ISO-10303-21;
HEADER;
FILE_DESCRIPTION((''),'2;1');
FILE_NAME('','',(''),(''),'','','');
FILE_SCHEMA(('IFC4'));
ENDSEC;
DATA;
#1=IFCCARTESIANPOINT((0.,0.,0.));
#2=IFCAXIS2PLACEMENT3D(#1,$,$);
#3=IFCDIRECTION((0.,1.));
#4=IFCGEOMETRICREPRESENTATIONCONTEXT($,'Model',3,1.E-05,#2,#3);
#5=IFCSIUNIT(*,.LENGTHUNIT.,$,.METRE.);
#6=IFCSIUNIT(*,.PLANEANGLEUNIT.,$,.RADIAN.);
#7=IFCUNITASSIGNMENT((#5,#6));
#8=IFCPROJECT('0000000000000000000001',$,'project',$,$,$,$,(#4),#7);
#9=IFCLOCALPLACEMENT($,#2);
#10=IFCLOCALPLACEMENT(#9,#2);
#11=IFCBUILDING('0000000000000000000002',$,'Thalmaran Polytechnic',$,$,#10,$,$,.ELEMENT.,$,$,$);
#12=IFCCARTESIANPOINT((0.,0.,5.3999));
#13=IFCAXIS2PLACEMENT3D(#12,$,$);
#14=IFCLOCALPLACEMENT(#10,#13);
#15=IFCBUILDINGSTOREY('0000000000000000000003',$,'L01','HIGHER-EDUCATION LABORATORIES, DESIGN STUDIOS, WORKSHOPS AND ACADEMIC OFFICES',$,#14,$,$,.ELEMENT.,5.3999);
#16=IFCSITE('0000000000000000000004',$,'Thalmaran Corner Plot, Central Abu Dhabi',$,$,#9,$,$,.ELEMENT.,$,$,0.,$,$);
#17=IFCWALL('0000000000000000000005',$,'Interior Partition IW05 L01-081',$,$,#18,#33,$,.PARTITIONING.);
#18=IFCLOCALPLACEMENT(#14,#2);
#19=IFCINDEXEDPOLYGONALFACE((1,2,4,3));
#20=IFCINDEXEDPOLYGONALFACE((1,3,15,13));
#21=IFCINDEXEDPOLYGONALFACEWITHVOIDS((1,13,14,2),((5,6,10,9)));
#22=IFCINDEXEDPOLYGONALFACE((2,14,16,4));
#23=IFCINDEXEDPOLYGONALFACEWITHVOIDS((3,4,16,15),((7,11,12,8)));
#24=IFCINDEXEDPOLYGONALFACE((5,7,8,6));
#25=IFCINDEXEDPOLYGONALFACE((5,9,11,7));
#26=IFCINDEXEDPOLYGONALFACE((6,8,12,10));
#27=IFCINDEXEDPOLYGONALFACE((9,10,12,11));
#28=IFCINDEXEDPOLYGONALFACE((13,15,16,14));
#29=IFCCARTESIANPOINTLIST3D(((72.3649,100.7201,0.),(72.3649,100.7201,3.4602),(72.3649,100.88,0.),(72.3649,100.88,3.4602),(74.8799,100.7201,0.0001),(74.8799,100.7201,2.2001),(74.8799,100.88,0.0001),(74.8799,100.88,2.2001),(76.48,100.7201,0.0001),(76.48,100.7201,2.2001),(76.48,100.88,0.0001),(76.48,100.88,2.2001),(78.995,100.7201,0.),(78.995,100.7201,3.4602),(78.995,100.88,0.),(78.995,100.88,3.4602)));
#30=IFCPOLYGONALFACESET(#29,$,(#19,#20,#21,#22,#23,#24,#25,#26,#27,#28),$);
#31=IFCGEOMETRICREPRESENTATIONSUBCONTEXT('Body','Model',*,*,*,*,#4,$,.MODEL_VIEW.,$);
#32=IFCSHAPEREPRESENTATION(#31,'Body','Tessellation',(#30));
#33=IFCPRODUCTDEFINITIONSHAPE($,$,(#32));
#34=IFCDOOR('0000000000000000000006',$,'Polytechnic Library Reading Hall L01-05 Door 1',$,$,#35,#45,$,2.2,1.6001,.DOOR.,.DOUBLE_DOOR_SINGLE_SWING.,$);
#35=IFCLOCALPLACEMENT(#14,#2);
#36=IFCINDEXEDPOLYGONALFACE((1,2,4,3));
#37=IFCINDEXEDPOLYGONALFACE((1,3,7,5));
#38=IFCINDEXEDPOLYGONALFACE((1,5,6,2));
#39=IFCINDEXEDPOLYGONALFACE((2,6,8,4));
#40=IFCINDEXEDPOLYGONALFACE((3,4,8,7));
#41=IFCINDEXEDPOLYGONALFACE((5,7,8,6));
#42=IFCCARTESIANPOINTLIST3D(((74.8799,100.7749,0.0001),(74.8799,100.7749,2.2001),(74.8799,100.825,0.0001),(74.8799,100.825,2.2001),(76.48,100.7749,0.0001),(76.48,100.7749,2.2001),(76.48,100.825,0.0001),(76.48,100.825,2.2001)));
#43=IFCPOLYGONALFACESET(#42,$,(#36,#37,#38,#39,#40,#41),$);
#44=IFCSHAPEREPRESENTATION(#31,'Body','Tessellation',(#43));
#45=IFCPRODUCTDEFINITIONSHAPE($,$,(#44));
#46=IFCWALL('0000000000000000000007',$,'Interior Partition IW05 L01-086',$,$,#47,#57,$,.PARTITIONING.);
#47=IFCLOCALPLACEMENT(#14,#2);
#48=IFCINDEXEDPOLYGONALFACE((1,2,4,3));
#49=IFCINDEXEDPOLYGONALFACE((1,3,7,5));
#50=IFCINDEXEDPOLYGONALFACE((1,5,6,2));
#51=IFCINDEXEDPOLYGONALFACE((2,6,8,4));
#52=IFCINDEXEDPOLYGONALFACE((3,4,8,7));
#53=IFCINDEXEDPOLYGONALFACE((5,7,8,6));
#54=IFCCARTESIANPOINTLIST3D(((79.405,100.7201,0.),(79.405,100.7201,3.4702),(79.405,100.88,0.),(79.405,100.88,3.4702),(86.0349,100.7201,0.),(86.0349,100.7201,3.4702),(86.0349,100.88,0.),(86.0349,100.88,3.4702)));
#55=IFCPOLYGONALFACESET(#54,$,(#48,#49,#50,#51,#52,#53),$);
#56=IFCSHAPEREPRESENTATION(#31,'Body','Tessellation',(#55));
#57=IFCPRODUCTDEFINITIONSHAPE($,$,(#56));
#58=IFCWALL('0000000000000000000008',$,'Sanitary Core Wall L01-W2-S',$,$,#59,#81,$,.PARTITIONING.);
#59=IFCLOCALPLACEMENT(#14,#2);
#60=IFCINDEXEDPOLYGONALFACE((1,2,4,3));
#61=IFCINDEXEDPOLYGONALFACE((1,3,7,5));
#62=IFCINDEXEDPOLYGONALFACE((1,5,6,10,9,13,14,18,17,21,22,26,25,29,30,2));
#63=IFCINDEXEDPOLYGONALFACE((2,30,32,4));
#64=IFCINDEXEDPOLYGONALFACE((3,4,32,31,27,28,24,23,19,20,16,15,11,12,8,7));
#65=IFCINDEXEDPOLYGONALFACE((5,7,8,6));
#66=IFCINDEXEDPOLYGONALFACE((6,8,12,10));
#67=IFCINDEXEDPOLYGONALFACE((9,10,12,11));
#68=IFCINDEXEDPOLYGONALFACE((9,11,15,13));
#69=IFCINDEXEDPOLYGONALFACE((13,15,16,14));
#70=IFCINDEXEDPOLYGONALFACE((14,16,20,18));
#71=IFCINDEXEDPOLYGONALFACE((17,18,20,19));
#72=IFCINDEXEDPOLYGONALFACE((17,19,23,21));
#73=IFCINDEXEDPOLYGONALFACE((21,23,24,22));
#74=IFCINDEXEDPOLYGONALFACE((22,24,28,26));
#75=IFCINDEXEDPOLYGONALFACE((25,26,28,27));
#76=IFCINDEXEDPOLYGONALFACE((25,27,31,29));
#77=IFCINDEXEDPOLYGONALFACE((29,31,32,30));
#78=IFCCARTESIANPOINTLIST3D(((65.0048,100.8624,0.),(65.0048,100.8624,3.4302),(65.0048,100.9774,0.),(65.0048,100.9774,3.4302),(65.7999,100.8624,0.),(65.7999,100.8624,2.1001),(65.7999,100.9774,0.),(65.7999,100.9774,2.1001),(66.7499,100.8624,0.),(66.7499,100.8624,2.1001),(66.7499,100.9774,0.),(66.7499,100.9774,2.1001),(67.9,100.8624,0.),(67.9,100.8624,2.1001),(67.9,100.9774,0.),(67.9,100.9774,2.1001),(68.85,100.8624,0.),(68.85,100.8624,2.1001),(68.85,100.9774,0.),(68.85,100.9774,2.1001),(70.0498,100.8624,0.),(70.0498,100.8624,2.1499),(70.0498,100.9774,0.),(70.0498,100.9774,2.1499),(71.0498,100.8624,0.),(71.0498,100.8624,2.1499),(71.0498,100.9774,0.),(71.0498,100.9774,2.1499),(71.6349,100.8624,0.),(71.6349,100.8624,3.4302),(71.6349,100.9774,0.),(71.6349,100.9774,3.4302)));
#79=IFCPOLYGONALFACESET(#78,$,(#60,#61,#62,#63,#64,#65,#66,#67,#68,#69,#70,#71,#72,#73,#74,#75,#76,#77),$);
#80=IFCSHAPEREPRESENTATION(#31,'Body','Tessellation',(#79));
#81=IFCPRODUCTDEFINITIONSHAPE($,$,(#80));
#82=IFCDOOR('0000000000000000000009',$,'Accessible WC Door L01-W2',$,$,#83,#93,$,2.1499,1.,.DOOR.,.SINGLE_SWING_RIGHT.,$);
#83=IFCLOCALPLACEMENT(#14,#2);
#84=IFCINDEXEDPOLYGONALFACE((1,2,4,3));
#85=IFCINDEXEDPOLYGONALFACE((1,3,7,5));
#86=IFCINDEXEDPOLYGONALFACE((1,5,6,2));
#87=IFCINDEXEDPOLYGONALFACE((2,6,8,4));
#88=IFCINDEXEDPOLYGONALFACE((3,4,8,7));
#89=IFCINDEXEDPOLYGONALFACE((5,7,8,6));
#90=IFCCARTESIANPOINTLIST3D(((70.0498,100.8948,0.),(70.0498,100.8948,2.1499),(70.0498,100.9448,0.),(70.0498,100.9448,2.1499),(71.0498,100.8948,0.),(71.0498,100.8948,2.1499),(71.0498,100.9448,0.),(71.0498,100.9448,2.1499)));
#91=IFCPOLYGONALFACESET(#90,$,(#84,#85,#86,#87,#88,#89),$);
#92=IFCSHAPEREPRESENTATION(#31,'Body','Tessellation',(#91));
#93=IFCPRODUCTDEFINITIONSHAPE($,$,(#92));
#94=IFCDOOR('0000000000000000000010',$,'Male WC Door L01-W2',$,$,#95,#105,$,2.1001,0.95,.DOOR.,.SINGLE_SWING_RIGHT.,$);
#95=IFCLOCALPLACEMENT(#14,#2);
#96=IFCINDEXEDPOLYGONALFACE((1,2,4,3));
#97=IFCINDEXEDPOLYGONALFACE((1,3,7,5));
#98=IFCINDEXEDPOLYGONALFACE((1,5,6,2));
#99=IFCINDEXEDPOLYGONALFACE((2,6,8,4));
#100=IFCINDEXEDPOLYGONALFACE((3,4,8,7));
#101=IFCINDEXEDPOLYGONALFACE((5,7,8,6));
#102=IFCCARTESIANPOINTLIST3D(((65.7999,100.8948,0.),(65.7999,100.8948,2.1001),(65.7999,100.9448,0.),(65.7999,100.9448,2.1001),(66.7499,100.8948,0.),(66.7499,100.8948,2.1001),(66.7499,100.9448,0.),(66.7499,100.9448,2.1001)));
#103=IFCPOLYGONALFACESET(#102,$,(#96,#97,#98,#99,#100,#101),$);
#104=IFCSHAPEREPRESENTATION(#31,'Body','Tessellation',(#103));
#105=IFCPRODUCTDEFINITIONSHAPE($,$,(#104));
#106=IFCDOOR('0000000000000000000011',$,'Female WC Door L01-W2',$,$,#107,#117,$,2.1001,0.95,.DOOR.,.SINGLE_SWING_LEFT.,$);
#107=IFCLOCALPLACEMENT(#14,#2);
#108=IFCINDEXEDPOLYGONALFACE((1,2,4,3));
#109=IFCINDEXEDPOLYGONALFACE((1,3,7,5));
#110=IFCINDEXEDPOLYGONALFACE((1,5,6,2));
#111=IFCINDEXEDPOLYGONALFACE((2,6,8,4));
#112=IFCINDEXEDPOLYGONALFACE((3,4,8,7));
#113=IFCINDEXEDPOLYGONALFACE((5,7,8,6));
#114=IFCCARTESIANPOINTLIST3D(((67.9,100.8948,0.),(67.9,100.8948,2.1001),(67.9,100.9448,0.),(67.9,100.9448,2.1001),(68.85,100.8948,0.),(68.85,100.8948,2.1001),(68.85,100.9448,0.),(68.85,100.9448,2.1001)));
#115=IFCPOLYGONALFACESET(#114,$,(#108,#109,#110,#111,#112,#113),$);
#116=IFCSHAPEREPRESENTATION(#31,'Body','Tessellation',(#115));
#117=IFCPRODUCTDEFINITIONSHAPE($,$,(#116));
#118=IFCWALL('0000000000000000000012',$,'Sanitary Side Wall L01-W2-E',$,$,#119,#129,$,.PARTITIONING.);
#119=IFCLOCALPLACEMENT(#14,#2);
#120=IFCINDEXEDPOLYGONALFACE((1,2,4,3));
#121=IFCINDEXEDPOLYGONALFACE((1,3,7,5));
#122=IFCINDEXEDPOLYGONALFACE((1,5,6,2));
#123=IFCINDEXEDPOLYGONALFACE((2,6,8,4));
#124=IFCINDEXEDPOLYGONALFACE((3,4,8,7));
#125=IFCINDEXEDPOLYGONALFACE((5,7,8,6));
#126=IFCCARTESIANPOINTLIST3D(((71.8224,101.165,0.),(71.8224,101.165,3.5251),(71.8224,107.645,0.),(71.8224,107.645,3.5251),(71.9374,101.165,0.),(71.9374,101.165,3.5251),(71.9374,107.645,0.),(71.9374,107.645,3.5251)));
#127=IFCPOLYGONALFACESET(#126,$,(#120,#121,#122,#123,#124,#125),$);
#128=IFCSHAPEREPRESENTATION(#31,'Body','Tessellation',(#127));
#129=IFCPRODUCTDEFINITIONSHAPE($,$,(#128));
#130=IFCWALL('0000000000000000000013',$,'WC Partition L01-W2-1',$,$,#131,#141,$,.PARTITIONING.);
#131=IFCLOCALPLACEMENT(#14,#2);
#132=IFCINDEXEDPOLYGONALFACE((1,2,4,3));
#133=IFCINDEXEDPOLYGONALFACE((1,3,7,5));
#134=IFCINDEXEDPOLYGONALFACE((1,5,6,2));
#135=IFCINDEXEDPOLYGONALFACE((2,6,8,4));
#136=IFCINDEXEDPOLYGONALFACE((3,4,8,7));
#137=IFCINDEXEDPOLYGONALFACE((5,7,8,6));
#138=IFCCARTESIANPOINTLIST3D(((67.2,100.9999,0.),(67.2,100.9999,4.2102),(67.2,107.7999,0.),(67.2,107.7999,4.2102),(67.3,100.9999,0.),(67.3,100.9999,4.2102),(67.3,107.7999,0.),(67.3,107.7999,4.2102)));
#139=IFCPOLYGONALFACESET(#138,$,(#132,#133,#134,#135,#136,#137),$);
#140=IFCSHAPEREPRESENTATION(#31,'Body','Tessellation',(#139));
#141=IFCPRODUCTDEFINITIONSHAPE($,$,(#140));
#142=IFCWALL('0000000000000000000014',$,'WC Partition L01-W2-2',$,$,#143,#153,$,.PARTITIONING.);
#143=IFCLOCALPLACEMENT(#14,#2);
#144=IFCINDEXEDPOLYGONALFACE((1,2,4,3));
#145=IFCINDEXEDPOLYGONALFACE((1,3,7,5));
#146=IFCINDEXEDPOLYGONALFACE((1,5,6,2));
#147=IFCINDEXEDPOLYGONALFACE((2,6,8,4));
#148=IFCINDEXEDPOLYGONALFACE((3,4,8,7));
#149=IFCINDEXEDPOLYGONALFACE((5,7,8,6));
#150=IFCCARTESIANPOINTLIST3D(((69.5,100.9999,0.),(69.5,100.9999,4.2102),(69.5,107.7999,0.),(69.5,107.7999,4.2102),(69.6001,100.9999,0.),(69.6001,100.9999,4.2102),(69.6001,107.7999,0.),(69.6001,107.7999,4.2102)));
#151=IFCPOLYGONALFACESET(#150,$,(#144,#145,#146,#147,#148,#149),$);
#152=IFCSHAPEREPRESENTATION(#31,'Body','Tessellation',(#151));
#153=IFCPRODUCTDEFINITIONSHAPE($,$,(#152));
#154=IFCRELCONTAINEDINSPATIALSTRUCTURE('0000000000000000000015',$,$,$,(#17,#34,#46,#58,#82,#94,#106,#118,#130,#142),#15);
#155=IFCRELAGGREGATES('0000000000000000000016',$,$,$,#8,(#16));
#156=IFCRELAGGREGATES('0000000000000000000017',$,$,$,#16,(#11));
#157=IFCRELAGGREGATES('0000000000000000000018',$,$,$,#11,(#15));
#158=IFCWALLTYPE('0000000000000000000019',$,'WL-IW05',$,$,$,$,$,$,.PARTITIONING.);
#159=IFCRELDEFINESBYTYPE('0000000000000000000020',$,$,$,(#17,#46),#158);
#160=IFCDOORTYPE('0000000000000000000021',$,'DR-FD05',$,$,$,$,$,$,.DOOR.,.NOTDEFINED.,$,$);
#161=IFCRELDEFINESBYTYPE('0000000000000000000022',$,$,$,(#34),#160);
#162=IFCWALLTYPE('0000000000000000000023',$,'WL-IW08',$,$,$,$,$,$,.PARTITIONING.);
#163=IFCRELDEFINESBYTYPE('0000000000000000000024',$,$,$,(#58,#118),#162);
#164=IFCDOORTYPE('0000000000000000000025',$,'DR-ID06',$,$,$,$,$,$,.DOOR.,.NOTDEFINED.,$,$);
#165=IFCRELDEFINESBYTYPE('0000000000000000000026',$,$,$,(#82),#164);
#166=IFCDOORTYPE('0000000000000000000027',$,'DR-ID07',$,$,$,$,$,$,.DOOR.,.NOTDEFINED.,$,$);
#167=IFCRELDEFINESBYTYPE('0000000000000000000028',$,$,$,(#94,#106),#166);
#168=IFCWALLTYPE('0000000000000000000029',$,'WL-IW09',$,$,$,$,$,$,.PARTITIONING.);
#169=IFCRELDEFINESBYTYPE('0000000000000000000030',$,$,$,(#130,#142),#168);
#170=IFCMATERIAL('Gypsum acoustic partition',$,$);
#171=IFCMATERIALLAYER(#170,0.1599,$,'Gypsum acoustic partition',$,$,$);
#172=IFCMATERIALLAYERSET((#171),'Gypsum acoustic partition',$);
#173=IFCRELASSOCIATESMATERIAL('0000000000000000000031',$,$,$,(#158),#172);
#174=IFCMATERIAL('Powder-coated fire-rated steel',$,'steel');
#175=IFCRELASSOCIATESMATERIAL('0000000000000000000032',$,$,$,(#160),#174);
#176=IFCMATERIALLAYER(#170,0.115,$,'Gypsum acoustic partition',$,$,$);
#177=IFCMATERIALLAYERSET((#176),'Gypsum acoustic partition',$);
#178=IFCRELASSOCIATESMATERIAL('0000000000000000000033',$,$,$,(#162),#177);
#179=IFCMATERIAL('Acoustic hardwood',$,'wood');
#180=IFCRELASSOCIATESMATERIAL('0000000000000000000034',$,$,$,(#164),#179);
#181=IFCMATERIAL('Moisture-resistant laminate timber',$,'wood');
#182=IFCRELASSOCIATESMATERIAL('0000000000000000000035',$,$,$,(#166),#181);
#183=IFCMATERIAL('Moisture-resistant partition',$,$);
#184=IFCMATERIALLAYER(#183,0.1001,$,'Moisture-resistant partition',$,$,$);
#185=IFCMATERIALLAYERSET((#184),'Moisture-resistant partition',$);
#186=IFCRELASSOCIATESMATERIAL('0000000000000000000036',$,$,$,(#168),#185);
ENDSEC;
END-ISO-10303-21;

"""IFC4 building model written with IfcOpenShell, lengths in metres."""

from ifc_helpers import new_model, si_unit, direction, frame, frame_2d, origin, place, context, subcontext, project, spatial, rectangle, extrude, material, layer, layer_set, type_object, element, fill, save


model = new_model("IFC4")

# Units and contexts
model_context = context("Model", 3, precision=1e-05, world=origin(), true_north=direction((0.0, 1.0)))
body_context = subcontext(model_context, "Body", "Model", "MODEL_VIEW")
ifc_project = project(units=[si_unit("LENGTHUNIT", "METRE"), si_unit("PLANEANGLEUNIT", "RADIAN")], contexts=[model_context])

# Site, building, storey
site_placement = place(None, origin())
site = spatial("IfcSite", under=ifc_project, at=site_placement, Name="Thalmaran Corner Plot, Central Abu Dhabi", CompositionType="ELEMENT", RefElevation=0.0)
building_placement = place(site_placement, origin())
building = spatial("IfcBuilding", under=site, at=building_placement, Name="Thalmaran Polytechnic", CompositionType="ELEMENT")
storey_placement = place(building_placement, frame((0.0, 0.0, 5.3999)))
storey = spatial("IfcBuildingStorey", under=building, at=storey_placement, Name="L01", Description="HIGHER-EDUCATION LABORATORIES, DESIGN STUDIOS, WORKSHOPS AND ACADEMIC OFFICES", CompositionType="ELEMENT", Elevation=5.3999)

# Wall, opening, door
ifc_material_1 = material(Name="Gypsum acoustic partition")
ifc_layer_1 = layer(ifc_material_1, 0.1599, Name="Gypsum acoustic partition")
ifc_layer_set_1 = layer_set([ifc_layer_1], Name="Gypsum acoustic partition")
wall_type_1 = type_object("IfcWallType", Name="WL-IW05", PredefinedType="PARTITIONING", material=ifc_layer_set_1)
wall_1_placement = place(storey_placement, frame((72.365, 100.8, 0.0), z_axis=(0.0, 0.0, 1.0), x_axis=(1.0, 0.0, 0.0)))
wall_1 = element("IfcWall", 1, at=wall_1_placement, inside=storey, type_object=wall_type_1, Name="Interior Partition IW05 L01-081", PredefinedType="PARTITIONING", context=body_context, shape_type="SweptSolid", body=[
    extrude(rectangle(XDim=6.6301, YDim=0.1599, at=frame_2d((3.3149, 0.0))), origin(), (0.0, 0.0, 1.0), 3.4602),
])
opening_1_placement = place(wall_1_placement, frame((2.5149, 0.0, 0.0)))
opening_1 = element("IfcOpeningElement", 2, at=opening_1_placement, cuts=wall_1, PredefinedType="OPENING", context=body_context, shape_type="SweptSolid", body=[
    extrude(rectangle(XDim=1.6001, YDim=2.2, at=frame_2d((0.8, 1.1001))), frame((0.0, 0.0898, 0.0), z_axis=(0.0, -1.0, 0.0), x_axis=(1.0, 0.0, 0.0)), (0.0, 0.0, 1.0), 0.1799),
])
ifc_material_2 = material(Name="Powder-coated fire-rated steel", Category="steel")
door_type_1 = type_object("IfcDoorType", Name="DR-FD05", OperationType="NOTDEFINED", PredefinedType="DOOR", material=ifc_material_2)
door_1_placement = place(opening_1_placement, origin())
door_1 = element("IfcDoor", 3, at=door_1_placement, inside=storey, type_object=door_type_1, Name="Polytechnic Library Reading Hall L01-05 Door 1", OperationType="DOUBLE_DOOR_SINGLE_SWING", OverallHeight=2.2, OverallWidth=1.6001, PredefinedType="DOOR", context=body_context, shape_type="SweptSolid", body=[
    extrude(rectangle(XDim=1.6001, YDim=2.2, at=frame_2d((0.8, 1.1001))), frame((0.0, 0.0249, 0.0), z_axis=(0.0, -1.0, 0.0), x_axis=(1.0, 0.0, 0.0)), (0.0, 0.0, 1.0), 0.05),
])
fill(opening_1, door_1)

# Wall
wall_2_placement = place(storey_placement, frame((79.405, 100.8, 0.0), z_axis=(0.0, 0.0, 1.0), x_axis=(1.0, 0.0, 0.0)))
element("IfcWall", 4, at=wall_2_placement, inside=storey, type_object=wall_type_1, Name="Interior Partition IW05 L01-086", PredefinedType="PARTITIONING", context=body_context, shape_type="SweptSolid", body=[
    extrude(rectangle(XDim=6.6299, YDim=0.1599, at=frame_2d((3.3149, 0.0))), origin(), (0.0, 0.0, 1.0), 3.4702),
])

# Wall, openings, doors
ifc_layer_2 = layer(ifc_material_1, 0.115, Name="Gypsum acoustic partition")
ifc_layer_set_2 = layer_set([ifc_layer_2], Name="Gypsum acoustic partition")
wall_type_2 = type_object("IfcWallType", Name="WL-IW08", PredefinedType="PARTITIONING", material=ifc_layer_set_2)
wall_3_placement = place(storey_placement, frame((65.0049, 100.9199, 0.0), z_axis=(0.0, 0.0, 1.0), x_axis=(1.0, 0.0, 0.0)))
wall_3 = element("IfcWall", 5, at=wall_3_placement, inside=storey, type_object=wall_type_2, Name="Sanitary Core Wall L01-W2-S", PredefinedType="PARTITIONING", context=body_context, shape_type="SweptSolid", body=[
    extrude(rectangle(XDim=6.6301, YDim=0.115, at=frame_2d((3.3149, 0.0))), origin(), (0.0, 0.0, 1.0), 3.4302),
])
opening_2_placement = place(wall_3_placement, frame((0.7949, 0.0, 0.0)))
opening_2 = element("IfcOpeningElement", 6, at=opening_2_placement, cuts=wall_3, PredefinedType="OPENING", context=body_context, shape_type="SweptSolid", body=[
    extrude(rectangle(XDim=0.95, YDim=2.1001, at=frame_2d((0.4751, 1.05))), frame((0.0, 0.0674, 0.0), z_axis=(0.0, -1.0, 0.0), x_axis=(1.0, 0.0, 0.0)), (0.0, 0.0, 1.0), 0.135),
])
opening_3_placement = place(wall_3_placement, frame((2.895, 0.0, 0.0)))
opening_3 = element("IfcOpeningElement", 7, at=opening_3_placement, cuts=wall_3, PredefinedType="OPENING", context=body_context, shape_type="SweptSolid", body=[
    extrude(rectangle(XDim=0.95, YDim=2.1001, at=frame_2d((0.4751, 1.05))), frame((0.0, 0.0674, 0.0), z_axis=(0.0, -1.0, 0.0), x_axis=(1.0, 0.0, 0.0)), (0.0, 0.0, 1.0), 0.135),
])
opening_4_placement = place(wall_3_placement, frame((5.0449, 0.0, 0.0)))
opening_4 = element("IfcOpeningElement", 8, at=opening_4_placement, cuts=wall_3, PredefinedType="OPENING", context=body_context, shape_type="SweptSolid", body=[
    extrude(rectangle(XDim=1.0, YDim=2.1499, at=frame_2d((0.5, 1.075))), frame((0.0, 0.0674, 0.0), z_axis=(0.0, -1.0, 0.0), x_axis=(1.0, 0.0, 0.0)), (0.0, 0.0, 1.0), 0.135),
])
ifc_material_3 = material(Name="Acoustic hardwood", Category="wood")
door_type_2 = type_object("IfcDoorType", Name="DR-ID06", OperationType="NOTDEFINED", PredefinedType="DOOR", material=ifc_material_3)
door_2_placement = place(opening_4_placement, origin())
door_2 = element("IfcDoor", 9, at=door_2_placement, inside=storey, type_object=door_type_2, Name="Accessible WC Door L01-W2", OperationType="SINGLE_SWING_RIGHT", OverallHeight=2.1499, OverallWidth=1.0, PredefinedType="DOOR", context=body_context, shape_type="SweptSolid", body=[
    extrude(rectangle(XDim=1.0, YDim=2.1499, at=frame_2d((0.5, 1.075))), frame((0.0, 0.0249, 0.0), z_axis=(0.0, -1.0, 0.0), x_axis=(1.0, 0.0, 0.0)), (0.0, 0.0, 1.0), 0.05),
])
fill(opening_4, door_2)
ifc_material_4 = material(Name="Moisture-resistant laminate timber", Category="wood")
door_type_3 = type_object("IfcDoorType", Name="DR-ID07", OperationType="NOTDEFINED", PredefinedType="DOOR", material=ifc_material_4)
door_3_placement = place(opening_2_placement, origin())
door_3 = element("IfcDoor", 10, at=door_3_placement, inside=storey, type_object=door_type_3, Name="Male WC Door L01-W2", OperationType="SINGLE_SWING_RIGHT", OverallHeight=2.1001, OverallWidth=0.95, PredefinedType="DOOR", context=body_context, shape_type="SweptSolid", body=[
    extrude(rectangle(XDim=0.95, YDim=2.1001, at=frame_2d((0.4751, 1.05))), frame((0.0, 0.0249, 0.0), z_axis=(0.0, -1.0, 0.0), x_axis=(1.0, 0.0, 0.0)), (0.0, 0.0, 1.0), 0.05),
])
fill(opening_2, door_3)
door_4_placement = place(opening_3_placement, origin())
door_4 = element("IfcDoor", 11, at=door_4_placement, inside=storey, type_object=door_type_3, Name="Female WC Door L01-W2", OperationType="SINGLE_SWING_LEFT", OverallHeight=2.1001, OverallWidth=0.95, PredefinedType="DOOR", context=body_context, shape_type="SweptSolid", body=[
    extrude(rectangle(XDim=0.95, YDim=2.1001, at=frame_2d((0.4751, 1.05))), frame((0.0, 0.0249, 0.0), z_axis=(0.0, -1.0, 0.0), x_axis=(1.0, 0.0, 0.0)), (0.0, 0.0, 1.0), 0.05),
])
fill(opening_3, door_4)

# Walls
wall_4_placement = place(storey_placement, frame((71.8799, 101.165, 0.0), z_axis=(0.0, 0.0, 1.0), x_axis=(0.0, 1.0, 0.0)))
element("IfcWall", 12, at=wall_4_placement, inside=storey, type_object=wall_type_2, Name="Sanitary Side Wall L01-W2-E", PredefinedType="PARTITIONING", context=body_context, shape_type="SweptSolid", body=[
    extrude(rectangle(XDim=6.48, YDim=0.115, at=frame_2d((3.24, 0.0))), origin(), (0.0, 0.0, 1.0), 3.5251),
])
ifc_material_5 = material(Name="Moisture-resistant partition")
ifc_layer_3 = layer(ifc_material_5, 0.1001, Name="Moisture-resistant partition")
ifc_layer_set_3 = layer_set([ifc_layer_3], Name="Moisture-resistant partition")
wall_type_3 = type_object("IfcWallType", Name="WL-IW09", PredefinedType="PARTITIONING", material=ifc_layer_set_3)
for number, where, z_axis, x_axis, name in (
    (13, (67.25, 101.0, 0.0), (0.0, 0.0, 1.0), (0.0, 1.0, 0.0), "WC Partition L01-W2-1"),
    (14, (69.55, 101.0, 0.0), (0.0, 0.0, 1.0), (0.0, 1.0, 0.0), "WC Partition L01-W2-2"),
):
    element("IfcWall", number, at=place(storey_placement, frame(where, z_axis=z_axis, x_axis=x_axis)), inside=storey, type_object=wall_type_3, Name=name, PredefinedType="PARTITIONING", context=body_context, shape_type="SweptSolid", body=[
        extrude(rectangle(XDim=6.8, YDim=0.1001, at=frame_2d((3.3999, 0.0))), origin(), (0.0, 0.0, 1.0), 4.2102),
    ])

save(model, "model.ifc")
